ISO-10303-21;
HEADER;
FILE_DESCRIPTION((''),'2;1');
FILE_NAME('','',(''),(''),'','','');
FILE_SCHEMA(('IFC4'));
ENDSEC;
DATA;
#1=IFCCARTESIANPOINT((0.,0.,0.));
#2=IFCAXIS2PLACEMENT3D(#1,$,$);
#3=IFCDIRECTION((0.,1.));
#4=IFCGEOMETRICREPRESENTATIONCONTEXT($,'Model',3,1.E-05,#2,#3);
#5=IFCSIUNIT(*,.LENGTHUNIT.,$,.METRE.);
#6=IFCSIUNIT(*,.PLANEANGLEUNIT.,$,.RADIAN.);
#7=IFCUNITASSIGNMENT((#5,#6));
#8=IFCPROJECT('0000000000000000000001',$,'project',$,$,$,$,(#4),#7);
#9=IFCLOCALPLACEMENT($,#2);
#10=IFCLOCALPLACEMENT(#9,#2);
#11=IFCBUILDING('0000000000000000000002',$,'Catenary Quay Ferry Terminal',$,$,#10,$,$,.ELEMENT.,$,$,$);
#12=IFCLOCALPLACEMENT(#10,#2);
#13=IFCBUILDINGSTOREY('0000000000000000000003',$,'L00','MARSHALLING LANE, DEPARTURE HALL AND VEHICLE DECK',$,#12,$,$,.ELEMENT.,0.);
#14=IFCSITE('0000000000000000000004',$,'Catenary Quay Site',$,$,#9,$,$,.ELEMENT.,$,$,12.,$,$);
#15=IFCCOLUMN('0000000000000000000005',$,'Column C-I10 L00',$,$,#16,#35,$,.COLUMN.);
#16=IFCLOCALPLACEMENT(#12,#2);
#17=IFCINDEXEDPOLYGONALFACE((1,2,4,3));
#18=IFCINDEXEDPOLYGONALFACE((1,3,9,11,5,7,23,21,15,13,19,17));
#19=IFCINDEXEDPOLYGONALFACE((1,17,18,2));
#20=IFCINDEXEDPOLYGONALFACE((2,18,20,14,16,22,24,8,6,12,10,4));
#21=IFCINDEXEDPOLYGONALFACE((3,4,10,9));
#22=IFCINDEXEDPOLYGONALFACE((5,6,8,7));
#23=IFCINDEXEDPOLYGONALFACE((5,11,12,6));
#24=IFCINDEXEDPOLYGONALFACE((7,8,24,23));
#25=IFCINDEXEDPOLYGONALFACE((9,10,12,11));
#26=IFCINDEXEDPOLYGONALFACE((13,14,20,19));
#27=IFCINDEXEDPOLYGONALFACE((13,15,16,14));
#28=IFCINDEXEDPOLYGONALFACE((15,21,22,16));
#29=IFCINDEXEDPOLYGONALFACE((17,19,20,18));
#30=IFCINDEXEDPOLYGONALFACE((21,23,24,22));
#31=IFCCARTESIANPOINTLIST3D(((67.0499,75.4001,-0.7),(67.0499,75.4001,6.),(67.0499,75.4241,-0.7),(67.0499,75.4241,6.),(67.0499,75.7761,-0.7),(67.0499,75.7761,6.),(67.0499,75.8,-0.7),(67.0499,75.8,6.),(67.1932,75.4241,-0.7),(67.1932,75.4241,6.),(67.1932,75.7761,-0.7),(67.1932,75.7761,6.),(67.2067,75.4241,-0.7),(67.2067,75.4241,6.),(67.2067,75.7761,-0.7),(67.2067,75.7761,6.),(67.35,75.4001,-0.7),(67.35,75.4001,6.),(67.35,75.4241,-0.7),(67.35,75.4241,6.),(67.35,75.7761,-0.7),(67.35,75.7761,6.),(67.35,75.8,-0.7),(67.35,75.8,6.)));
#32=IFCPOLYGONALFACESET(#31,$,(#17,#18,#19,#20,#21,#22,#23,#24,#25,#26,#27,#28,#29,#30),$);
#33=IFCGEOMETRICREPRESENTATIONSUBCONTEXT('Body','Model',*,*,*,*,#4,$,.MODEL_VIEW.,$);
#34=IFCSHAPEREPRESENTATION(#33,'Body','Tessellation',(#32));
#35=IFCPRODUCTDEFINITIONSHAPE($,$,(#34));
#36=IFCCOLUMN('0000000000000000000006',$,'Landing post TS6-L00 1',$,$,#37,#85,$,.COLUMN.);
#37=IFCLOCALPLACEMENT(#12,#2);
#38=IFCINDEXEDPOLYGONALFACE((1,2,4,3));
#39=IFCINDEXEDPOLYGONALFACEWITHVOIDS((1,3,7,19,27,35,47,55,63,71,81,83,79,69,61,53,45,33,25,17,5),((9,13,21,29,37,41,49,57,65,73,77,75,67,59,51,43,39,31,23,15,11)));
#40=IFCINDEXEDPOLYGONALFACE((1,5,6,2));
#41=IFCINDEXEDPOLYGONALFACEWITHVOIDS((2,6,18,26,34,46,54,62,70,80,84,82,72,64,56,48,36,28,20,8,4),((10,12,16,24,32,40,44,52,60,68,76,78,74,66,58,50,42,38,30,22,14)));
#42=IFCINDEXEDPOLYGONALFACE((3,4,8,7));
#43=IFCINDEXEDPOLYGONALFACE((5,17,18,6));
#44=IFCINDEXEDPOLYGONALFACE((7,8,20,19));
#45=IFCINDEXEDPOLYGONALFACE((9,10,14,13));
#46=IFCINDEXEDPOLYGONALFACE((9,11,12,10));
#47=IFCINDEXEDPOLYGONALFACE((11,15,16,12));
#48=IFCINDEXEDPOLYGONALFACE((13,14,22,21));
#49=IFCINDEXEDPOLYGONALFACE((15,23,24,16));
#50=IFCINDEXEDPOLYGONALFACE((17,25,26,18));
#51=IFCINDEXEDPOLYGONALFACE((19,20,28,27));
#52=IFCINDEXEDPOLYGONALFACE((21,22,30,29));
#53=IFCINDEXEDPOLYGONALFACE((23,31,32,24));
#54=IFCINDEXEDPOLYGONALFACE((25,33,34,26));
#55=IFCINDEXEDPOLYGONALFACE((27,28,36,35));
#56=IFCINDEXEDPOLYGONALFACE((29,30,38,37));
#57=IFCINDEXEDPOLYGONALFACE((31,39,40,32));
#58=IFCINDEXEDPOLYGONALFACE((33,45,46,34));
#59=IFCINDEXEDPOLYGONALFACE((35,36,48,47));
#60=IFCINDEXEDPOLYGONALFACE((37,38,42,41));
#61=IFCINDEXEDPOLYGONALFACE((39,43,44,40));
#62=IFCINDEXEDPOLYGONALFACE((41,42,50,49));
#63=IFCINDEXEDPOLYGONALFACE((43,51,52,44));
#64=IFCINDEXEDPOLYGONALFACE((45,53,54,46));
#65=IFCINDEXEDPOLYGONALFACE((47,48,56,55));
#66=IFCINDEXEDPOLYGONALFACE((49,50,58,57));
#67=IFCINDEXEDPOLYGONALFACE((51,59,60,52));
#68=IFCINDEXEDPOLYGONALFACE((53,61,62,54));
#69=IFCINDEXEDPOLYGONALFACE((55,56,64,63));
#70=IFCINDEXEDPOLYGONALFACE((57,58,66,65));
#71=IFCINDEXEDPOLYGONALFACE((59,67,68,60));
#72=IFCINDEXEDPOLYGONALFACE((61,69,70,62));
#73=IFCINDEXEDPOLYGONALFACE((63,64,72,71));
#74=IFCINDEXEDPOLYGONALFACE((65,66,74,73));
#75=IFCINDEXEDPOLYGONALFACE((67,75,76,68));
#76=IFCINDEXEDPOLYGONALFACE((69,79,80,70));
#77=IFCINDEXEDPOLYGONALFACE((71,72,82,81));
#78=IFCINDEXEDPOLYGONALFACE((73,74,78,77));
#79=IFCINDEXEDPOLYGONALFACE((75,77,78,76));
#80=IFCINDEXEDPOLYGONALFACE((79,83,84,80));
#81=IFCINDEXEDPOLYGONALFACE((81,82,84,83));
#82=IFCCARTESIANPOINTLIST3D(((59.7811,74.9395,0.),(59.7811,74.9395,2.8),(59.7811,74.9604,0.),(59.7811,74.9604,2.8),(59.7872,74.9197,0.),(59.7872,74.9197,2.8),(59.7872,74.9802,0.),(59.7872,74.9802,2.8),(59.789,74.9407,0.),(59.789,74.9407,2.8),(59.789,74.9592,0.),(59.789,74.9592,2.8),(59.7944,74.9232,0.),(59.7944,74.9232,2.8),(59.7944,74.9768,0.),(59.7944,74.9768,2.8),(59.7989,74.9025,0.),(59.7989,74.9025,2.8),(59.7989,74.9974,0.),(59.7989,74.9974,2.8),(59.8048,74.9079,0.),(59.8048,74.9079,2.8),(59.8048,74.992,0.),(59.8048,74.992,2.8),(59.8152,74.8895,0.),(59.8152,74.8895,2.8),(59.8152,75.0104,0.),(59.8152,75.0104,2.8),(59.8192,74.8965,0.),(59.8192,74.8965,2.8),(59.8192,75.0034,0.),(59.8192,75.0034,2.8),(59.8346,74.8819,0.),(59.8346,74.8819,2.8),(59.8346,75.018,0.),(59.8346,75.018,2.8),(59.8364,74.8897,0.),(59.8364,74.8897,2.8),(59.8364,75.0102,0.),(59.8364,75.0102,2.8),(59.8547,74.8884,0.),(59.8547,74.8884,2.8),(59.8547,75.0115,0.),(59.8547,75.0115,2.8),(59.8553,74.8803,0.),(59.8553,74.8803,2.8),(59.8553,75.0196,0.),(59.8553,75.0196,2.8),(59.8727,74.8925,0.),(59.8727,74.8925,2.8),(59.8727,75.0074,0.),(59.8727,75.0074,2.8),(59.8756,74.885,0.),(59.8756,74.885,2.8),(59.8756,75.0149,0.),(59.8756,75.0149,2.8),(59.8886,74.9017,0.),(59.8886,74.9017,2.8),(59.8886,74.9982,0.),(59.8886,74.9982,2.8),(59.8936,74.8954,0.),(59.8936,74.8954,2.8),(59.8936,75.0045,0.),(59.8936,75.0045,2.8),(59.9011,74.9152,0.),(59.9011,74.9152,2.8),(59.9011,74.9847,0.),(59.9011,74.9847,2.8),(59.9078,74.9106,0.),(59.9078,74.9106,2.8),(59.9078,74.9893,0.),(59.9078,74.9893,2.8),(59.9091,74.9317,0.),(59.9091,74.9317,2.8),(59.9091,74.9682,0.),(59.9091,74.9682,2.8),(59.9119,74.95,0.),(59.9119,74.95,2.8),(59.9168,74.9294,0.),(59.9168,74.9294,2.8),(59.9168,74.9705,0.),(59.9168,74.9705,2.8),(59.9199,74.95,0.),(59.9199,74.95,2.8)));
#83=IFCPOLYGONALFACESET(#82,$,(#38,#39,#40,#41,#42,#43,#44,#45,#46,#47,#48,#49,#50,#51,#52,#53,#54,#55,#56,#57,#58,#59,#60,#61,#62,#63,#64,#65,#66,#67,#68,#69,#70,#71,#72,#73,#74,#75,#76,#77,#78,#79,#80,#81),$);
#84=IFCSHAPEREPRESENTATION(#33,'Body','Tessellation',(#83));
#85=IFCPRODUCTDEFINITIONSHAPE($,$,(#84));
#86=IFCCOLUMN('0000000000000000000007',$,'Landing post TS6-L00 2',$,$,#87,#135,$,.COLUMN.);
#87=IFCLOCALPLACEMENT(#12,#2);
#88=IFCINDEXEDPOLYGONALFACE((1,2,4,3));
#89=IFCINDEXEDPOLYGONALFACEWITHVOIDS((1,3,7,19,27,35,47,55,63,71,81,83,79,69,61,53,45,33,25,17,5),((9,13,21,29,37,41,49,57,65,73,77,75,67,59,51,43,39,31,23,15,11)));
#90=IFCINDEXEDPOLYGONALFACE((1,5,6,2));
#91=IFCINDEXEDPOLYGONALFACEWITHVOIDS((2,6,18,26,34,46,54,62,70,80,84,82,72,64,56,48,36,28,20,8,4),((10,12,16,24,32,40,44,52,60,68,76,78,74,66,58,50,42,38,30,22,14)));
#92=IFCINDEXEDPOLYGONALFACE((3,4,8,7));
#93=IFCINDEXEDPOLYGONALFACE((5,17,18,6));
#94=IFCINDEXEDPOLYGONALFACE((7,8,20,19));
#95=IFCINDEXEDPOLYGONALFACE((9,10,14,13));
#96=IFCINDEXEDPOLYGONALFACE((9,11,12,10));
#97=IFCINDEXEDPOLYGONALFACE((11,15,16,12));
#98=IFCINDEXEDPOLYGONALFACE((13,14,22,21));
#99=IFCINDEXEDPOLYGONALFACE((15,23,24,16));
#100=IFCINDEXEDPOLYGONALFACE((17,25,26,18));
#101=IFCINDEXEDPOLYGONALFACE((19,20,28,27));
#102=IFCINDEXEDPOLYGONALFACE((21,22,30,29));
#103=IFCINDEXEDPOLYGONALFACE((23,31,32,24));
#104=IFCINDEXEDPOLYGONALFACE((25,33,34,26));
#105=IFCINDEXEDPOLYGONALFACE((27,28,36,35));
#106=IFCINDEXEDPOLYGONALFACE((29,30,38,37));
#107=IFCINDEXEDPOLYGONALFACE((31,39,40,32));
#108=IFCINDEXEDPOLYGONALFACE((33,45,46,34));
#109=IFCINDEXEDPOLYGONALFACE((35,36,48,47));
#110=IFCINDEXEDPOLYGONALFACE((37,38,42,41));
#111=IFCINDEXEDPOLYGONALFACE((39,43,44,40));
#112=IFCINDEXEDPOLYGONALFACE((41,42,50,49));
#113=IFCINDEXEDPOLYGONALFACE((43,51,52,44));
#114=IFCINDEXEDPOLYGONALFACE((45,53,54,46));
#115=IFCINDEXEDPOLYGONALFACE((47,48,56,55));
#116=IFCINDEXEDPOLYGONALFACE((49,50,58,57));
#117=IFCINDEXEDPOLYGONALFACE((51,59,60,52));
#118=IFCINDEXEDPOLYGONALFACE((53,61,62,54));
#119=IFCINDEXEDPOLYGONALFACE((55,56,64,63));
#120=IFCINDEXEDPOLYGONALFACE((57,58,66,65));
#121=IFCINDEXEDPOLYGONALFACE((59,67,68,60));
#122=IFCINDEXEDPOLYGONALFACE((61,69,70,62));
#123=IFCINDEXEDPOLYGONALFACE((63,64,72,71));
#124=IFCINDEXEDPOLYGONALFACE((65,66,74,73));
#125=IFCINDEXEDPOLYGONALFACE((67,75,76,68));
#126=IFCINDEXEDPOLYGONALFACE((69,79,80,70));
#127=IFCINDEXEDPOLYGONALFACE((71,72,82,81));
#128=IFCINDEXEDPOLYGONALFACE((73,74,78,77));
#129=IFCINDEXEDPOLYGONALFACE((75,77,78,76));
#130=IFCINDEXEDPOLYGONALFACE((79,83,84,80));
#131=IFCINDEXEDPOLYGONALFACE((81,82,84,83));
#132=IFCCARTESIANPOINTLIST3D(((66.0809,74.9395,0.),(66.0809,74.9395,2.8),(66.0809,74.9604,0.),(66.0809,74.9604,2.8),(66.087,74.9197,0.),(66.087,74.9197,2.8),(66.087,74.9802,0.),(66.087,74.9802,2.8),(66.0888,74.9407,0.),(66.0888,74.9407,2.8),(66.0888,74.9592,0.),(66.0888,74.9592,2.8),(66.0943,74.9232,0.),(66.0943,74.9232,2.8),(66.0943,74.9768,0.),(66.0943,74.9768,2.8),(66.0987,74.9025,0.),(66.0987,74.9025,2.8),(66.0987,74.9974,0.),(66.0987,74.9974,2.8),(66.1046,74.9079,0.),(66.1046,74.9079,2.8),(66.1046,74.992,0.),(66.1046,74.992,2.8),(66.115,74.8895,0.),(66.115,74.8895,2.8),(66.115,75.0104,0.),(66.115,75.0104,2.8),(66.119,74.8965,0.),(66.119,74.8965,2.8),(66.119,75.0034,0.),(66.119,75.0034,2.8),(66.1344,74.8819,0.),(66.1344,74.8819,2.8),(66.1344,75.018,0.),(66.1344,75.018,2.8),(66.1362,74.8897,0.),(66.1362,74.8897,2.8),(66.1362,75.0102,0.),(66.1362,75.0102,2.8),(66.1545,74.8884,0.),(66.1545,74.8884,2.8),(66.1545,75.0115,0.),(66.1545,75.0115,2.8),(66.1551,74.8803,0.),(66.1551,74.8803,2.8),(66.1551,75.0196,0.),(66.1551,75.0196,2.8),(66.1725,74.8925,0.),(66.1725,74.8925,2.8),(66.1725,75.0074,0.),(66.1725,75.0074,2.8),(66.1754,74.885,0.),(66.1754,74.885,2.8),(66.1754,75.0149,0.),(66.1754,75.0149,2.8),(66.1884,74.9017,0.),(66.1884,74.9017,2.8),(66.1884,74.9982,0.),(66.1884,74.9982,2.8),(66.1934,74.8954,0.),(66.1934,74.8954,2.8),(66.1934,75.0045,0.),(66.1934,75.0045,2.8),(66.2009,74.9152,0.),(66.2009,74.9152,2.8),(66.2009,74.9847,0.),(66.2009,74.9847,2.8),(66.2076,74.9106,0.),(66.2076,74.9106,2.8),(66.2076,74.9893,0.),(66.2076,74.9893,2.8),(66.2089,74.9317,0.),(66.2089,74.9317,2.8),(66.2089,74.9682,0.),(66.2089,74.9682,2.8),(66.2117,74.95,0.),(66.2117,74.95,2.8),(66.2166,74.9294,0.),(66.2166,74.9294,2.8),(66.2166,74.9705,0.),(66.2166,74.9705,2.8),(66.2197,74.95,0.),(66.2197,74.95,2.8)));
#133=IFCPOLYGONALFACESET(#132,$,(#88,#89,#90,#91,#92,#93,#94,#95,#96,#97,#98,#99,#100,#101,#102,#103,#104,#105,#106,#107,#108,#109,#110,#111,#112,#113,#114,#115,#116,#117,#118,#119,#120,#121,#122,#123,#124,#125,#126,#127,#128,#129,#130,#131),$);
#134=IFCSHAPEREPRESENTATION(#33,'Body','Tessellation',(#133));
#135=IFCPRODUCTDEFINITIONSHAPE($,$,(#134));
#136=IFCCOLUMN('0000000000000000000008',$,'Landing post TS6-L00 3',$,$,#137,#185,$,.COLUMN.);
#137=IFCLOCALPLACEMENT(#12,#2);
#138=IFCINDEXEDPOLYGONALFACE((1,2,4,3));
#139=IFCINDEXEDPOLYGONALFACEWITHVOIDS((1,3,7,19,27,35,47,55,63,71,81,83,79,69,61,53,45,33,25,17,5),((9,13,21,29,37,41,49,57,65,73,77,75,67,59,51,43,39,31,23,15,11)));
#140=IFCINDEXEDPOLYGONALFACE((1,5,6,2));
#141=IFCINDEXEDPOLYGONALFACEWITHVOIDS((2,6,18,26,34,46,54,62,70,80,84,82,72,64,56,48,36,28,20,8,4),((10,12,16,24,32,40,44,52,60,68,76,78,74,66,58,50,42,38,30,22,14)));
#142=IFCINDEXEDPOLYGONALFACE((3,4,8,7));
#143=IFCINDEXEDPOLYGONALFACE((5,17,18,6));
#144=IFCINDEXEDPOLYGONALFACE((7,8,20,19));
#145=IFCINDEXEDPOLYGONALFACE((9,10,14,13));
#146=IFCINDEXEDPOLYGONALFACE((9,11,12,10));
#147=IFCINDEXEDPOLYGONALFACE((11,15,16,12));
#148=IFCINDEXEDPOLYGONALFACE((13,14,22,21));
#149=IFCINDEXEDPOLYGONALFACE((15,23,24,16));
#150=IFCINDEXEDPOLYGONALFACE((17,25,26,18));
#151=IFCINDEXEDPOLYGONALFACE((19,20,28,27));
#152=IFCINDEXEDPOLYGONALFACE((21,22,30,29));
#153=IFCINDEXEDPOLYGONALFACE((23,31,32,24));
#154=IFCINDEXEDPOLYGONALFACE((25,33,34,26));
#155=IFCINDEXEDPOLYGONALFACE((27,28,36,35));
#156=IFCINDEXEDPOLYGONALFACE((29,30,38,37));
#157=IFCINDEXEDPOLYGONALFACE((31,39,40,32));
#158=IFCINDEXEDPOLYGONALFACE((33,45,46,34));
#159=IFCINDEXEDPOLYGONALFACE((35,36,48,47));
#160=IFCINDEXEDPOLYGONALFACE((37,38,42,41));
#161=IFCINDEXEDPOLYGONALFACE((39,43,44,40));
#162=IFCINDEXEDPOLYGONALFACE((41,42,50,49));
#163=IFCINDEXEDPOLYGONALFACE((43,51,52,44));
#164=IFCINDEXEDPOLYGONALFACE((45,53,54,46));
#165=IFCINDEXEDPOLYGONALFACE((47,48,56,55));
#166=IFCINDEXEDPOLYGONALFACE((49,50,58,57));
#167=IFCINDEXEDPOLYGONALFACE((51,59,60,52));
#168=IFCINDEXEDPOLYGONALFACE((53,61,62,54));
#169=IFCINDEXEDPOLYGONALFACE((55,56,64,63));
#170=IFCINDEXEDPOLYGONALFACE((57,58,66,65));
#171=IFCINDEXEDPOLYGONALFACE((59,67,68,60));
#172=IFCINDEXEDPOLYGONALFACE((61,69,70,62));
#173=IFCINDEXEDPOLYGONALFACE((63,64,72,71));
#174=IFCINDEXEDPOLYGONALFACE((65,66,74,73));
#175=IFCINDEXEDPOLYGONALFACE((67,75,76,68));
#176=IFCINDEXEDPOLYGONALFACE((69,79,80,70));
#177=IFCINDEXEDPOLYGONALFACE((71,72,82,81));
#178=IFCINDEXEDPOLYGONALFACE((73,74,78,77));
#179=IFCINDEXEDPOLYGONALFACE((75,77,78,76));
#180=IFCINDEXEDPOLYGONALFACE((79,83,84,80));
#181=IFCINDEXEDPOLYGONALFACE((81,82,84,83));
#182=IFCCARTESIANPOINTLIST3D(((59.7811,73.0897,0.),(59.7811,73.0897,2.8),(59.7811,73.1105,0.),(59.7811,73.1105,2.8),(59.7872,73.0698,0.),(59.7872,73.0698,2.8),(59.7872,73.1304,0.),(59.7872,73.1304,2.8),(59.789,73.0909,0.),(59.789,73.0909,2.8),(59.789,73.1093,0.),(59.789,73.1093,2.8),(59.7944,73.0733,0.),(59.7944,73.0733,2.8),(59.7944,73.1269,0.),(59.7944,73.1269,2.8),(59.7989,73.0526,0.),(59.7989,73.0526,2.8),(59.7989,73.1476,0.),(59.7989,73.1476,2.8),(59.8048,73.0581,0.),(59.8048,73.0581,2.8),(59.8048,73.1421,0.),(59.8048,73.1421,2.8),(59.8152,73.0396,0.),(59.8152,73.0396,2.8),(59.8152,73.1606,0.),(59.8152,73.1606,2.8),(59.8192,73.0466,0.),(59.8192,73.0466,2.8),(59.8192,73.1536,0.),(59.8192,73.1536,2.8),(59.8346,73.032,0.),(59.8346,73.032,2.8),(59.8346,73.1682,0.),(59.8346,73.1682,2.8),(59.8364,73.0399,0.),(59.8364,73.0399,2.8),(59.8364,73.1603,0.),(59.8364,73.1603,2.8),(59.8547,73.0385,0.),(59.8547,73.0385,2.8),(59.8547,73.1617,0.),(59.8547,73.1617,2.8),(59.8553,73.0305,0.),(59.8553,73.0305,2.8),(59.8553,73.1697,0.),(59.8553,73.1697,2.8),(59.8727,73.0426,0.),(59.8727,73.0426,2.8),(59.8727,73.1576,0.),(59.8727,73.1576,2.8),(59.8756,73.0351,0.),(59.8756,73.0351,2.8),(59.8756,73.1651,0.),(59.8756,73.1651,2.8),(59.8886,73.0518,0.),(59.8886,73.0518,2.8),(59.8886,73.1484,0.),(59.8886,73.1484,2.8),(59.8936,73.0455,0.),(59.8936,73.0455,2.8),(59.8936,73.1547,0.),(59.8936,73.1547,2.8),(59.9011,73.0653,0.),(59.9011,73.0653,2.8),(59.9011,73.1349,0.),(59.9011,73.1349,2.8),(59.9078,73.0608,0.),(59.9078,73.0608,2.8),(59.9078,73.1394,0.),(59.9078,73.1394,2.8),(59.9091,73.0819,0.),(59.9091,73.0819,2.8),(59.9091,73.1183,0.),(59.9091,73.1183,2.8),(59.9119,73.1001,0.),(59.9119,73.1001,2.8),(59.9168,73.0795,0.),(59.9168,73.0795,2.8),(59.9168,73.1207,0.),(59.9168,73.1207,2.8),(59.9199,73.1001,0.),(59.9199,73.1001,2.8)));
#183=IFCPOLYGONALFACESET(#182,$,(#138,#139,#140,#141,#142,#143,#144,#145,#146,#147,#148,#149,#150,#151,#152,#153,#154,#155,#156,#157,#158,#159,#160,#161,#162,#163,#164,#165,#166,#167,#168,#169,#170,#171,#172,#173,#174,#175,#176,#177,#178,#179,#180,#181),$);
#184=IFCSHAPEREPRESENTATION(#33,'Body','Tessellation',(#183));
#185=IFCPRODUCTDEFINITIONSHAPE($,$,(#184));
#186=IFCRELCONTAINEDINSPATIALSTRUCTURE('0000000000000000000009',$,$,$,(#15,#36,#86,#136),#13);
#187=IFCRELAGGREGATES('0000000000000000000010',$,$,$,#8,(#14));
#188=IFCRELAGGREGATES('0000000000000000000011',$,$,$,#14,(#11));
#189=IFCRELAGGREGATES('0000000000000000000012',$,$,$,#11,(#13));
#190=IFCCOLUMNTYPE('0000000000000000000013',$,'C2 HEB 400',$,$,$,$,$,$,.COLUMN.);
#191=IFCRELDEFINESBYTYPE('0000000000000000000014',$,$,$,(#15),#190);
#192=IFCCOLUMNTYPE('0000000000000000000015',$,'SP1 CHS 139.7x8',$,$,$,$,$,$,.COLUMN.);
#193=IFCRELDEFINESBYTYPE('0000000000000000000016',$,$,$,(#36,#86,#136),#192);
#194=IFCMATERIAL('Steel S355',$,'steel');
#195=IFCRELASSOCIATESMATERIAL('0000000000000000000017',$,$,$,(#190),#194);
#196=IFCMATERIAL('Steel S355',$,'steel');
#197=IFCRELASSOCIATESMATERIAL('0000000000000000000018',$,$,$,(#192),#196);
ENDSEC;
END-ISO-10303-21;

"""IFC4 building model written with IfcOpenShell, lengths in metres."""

from ifc_helpers import new_model, si_unit, direction, frame, origin, origin_2d, place, context, subcontext, project, spatial, hollow_circle, i_section, extrude, material, material_profile, profile_set, type_object, element, save


model = new_model("IFC4")

# Units and contexts
model_context = context("Model", 3, precision=1e-05, world=origin(), true_north=direction((0.0, 1.0)))
body_context = subcontext(model_context, "Body", "Model", "MODEL_VIEW")
ifc_project = project(units=[si_unit("LENGTHUNIT", "METRE"), si_unit("PLANEANGLEUNIT", "RADIAN")], contexts=[model_context])

# Site, building, storey
site_placement = place(None, origin())
site = spatial("IfcSite", under=ifc_project, at=site_placement, Name="Catenary Quay Site", CompositionType="ELEMENT", RefElevation=12.0)
building_placement = place(site_placement, origin())
building = spatial("IfcBuilding", under=site, at=building_placement, Name="Catenary Quay Ferry Terminal", CompositionType="ELEMENT")
storey_placement = place(building_placement, origin())
storey = spatial("IfcBuildingStorey", under=building, at=storey_placement, Name="L00", Description="MARSHALLING LANE, DEPARTURE HALL AND VEHICLE DECK", CompositionType="ELEMENT", Elevation=0.0)

# Columns
ifc_material_1 = material(Name="Steel S355", Category="steel")
ifc_material_profile_1 = material_profile(ifc_material_1, i_section(OverallWidth=0.3, OverallDepth=0.3999, WebThickness=0.0134, FlangeThickness=0.0239, at=origin_2d()), Name="HEB 400")
ifc_profile_set_1 = profile_set([ifc_material_profile_1], Name="Steel S355")
column_type_1 = type_object("IfcColumnType", Name="C2 HEB 400", PredefinedType="COLUMN", material=ifc_profile_set_1)
for number, where, z_axis, x_axis, name in (
    (1, (67.2, 75.6001, -0.7), (0.0, 0.0, 1.0), (1.0, 0.0, 0.0), "Column C-I10 L00"),
):
    element("IfcColumn", number, at=place(storey_placement, frame(where, z_axis=z_axis, x_axis=x_axis)), inside=storey, type_object=column_type_1, Name=name, PredefinedType="COLUMN", context=body_context, shape_type="SweptSolid", body=[
        extrude(i_section(OverallWidth=0.3, OverallDepth=0.3999, WebThickness=0.0134, FlangeThickness=0.0239, at=origin_2d()), origin(), (0.0, 0.0, 1.0), 6.7),
    ])
ifc_material_2 = material(Name="Steel S355", Category="steel")
ifc_material_profile_2 = material_profile(ifc_material_2, hollow_circle(Radius=0.0698, WallThickness=0.0081, at=origin_2d()), Name="CHS 139.7x8")
ifc_profile_set_2 = profile_set([ifc_material_profile_2], Name="Steel S355")
column_type_2 = type_object("IfcColumnType", Name="SP1 CHS 139.7x8", PredefinedType="COLUMN", material=ifc_profile_set_2)
for number, where, z_axis, x_axis, name in (
    (2, (59.8501, 74.95, 0.0), (0.0, 0.0, 1.0), (1.0, 0.0, 0.0), "Landing post TS6-L00 1"),
    (3, (66.1499, 74.95, 0.0), (0.0, 0.0, 1.0), (1.0, 0.0, 0.0), "Landing post TS6-L00 2"),
    (4, (59.8501, 73.1001, 0.0), (0.0, 0.0, 1.0), (1.0, 0.0, 0.0), "Landing post TS6-L00 3"),
):
    element("IfcColumn", number, at=place(storey_placement, frame(where, z_axis=z_axis, x_axis=x_axis)), inside=storey, type_object=column_type_2, Name=name, PredefinedType="COLUMN", context=body_context, shape_type="SweptSolid", body=[
        extrude(hollow_circle(Radius=0.0698, WallThickness=0.0081, at=origin_2d()), origin(), (0.0, 0.0, 1.0), 2.8),
    ])

save(model, "model.ifc")
